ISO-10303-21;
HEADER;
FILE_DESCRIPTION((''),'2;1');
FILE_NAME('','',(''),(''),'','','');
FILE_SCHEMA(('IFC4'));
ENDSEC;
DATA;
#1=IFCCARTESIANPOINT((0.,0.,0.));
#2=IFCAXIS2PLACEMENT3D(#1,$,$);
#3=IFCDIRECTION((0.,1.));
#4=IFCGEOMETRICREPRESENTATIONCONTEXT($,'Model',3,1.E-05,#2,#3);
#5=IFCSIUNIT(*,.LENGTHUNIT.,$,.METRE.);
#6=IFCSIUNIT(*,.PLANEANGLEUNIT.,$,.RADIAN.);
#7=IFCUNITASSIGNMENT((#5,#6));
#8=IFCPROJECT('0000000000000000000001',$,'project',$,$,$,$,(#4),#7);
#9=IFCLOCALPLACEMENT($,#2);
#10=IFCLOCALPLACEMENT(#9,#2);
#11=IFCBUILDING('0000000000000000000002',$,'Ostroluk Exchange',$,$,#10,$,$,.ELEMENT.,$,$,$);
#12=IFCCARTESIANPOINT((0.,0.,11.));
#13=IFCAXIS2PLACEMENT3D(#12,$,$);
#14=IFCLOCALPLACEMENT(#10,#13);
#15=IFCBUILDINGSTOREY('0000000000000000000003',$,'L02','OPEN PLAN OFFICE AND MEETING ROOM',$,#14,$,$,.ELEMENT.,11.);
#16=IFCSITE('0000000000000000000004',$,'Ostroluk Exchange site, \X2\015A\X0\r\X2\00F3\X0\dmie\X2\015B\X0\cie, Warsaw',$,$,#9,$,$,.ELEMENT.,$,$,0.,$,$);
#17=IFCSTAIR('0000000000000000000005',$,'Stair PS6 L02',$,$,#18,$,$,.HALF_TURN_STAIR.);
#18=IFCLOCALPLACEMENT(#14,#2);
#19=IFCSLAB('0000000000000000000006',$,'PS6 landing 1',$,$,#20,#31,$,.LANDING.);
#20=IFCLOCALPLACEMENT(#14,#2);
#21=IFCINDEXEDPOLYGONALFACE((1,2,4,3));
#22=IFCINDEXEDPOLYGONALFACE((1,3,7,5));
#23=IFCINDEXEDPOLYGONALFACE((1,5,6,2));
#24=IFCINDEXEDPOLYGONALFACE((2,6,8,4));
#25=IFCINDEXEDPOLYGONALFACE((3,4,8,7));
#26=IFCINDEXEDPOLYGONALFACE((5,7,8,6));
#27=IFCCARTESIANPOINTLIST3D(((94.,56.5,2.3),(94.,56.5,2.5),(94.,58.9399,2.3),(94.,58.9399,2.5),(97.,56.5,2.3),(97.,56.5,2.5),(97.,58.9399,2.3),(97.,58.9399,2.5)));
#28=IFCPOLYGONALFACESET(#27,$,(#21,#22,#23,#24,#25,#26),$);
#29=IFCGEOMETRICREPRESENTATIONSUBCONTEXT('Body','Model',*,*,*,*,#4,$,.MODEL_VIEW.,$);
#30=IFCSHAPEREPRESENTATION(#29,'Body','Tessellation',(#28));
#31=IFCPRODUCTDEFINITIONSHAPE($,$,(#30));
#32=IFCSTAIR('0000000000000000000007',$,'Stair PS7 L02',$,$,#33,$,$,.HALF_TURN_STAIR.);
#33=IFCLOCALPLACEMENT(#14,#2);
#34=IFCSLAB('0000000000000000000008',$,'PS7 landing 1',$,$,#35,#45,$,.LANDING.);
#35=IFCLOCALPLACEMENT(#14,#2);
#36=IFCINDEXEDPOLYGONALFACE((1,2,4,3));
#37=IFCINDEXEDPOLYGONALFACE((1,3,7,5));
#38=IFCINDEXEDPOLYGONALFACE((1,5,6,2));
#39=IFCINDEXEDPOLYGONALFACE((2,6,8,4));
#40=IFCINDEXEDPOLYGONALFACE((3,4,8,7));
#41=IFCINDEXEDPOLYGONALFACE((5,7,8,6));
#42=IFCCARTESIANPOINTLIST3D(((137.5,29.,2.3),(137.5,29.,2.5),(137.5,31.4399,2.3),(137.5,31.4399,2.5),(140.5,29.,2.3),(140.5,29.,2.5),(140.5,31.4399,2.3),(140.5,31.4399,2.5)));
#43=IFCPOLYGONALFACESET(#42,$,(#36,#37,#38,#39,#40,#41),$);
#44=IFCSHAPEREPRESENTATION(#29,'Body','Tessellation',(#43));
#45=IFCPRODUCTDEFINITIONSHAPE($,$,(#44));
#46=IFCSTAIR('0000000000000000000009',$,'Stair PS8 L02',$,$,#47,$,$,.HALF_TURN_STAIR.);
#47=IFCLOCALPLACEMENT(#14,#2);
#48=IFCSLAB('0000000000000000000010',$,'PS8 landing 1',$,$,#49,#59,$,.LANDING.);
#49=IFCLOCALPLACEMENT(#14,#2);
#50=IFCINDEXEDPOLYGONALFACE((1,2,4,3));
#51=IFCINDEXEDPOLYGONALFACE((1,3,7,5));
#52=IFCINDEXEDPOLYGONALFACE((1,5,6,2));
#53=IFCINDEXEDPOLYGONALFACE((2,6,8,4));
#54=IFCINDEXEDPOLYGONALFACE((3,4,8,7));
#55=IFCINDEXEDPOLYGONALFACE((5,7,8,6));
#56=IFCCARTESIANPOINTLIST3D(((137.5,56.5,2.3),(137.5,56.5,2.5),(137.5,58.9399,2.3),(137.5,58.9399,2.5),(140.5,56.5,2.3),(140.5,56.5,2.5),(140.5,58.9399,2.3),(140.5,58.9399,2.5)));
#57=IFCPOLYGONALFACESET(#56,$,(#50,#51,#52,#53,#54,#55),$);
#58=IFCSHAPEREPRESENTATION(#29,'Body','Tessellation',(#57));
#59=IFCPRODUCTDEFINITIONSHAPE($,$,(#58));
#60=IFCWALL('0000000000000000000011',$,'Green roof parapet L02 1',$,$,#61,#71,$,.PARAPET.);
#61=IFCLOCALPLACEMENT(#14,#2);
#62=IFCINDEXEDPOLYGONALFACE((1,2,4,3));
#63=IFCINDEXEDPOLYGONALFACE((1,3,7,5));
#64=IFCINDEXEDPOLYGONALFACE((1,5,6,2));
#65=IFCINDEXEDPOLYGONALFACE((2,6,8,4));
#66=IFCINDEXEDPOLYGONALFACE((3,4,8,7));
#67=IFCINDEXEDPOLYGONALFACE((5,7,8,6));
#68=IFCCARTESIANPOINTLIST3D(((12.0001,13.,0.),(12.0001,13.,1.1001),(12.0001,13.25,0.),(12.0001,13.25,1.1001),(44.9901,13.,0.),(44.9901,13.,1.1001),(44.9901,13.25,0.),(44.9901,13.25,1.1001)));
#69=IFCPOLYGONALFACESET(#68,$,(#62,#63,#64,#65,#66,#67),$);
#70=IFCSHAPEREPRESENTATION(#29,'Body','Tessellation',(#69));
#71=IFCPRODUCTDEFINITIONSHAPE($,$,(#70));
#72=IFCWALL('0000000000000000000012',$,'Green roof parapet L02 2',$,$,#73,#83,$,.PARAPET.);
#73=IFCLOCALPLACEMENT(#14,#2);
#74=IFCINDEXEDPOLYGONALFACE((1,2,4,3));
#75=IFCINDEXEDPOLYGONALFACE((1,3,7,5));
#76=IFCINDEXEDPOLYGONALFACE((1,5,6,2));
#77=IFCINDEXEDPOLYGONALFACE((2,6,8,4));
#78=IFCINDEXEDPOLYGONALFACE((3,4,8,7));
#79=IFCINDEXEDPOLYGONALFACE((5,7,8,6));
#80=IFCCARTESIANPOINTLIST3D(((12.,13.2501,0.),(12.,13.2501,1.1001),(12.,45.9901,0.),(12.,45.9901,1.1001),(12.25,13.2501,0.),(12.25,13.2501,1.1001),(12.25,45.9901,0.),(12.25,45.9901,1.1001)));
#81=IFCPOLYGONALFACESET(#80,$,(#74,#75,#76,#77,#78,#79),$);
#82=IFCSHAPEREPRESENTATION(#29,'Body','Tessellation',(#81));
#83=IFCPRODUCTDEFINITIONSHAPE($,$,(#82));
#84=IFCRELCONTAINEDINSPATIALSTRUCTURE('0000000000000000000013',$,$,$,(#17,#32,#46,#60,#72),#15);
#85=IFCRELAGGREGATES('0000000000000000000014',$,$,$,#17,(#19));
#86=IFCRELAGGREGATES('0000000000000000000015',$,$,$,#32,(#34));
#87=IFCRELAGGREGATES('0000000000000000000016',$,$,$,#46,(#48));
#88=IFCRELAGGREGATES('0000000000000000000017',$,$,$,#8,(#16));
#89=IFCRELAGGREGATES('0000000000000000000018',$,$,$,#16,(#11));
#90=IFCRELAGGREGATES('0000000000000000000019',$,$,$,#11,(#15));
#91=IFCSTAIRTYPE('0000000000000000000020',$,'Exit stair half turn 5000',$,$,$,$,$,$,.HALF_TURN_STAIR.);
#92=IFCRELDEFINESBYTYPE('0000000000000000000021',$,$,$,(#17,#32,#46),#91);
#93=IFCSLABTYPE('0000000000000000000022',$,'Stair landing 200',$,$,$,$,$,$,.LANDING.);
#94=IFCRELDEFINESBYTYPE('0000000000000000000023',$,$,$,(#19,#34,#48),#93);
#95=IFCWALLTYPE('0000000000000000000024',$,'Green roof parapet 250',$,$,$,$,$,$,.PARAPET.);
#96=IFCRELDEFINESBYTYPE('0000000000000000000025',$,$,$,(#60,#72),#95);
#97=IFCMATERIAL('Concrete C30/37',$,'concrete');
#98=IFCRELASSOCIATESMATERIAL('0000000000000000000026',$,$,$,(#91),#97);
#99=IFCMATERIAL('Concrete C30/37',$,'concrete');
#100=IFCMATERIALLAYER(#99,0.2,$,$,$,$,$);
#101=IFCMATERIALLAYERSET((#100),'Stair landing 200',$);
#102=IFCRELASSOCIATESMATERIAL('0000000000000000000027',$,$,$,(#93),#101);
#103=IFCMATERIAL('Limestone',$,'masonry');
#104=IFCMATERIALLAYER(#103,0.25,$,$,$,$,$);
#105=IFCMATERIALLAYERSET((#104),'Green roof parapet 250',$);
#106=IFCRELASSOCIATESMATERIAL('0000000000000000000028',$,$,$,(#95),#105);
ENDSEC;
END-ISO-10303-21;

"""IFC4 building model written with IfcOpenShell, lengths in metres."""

from ifc_helpers import new_model, si_unit, direction, frame, frame_2d, origin, place, context, subcontext, project, spatial, polyline, rectangle, outline, extrude, material, layer, layer_set, type_object, element, aggregate, save


model = new_model("IFC4")

# Units and contexts
model_context = context("Model", 3, precision=1e-05, world=origin(), true_north=direction((0.0, 1.0)))
body_context = subcontext(model_context, "Body", "Model", "MODEL_VIEW")
ifc_project = project(units=[si_unit("LENGTHUNIT", "METRE"), si_unit("PLANEANGLEUNIT", "RADIAN")], contexts=[model_context])

# Site, building, storey
site_placement = place(None, origin())
site = spatial("IfcSite", under=ifc_project, at=site_placement, Name="Ostroluk Exchange site, Śródmieście, Warsaw", CompositionType="ELEMENT", RefElevation=0.0)
building_placement = place(site_placement, origin())
building = spatial("IfcBuilding", under=site, at=building_placement, Name="Ostroluk Exchange", CompositionType="ELEMENT")
storey_placement = place(building_placement, frame((0.0, 0.0, 11.0)))
storey = spatial("IfcBuildingStorey", under=building, at=storey_placement, Name="L02", Description="OPEN PLAN OFFICE AND MEETING ROOM", CompositionType="ELEMENT", Elevation=11.0)

# Stairs, slabs
ifc_material_1 = material(Name="Concrete C30/37", Category="concrete")
stair_type = type_object("IfcStairType", Name="Exit stair half turn 5000", PredefinedType="HALF_TURN_STAIR", material=ifc_material_1)
stair_1_placement = place(storey_placement, origin())
stair_1 = element("IfcStair", 1, at=stair_1_placement, inside=storey, type_object=stair_type, Name="Stair PS6 L02", PredefinedType="HALF_TURN_STAIR")
ifc_material_2 = material(Name="Concrete C30/37", Category="concrete")
ifc_layer_1 = layer(ifc_material_2, 0.2)
ifc_layer_set_1 = layer_set([ifc_layer_1], Name="Stair landing 200")
slab_type = type_object("IfcSlabType", Name="Stair landing 200", PredefinedType="LANDING", material=ifc_layer_set_1)
slab_1_placement = place(storey_placement, frame((0.0, 0.0, 2.3)))
slab_1 = element("IfcSlab", 2, at=slab_1_placement, type_object=slab_type, Name="PS6 landing 1", PredefinedType="LANDING", context=body_context, shape_type="SweptSolid", body=[
    extrude(outline(polyline([(94.0, 58.9399), (97.0, 58.9399), (97.0, 56.5), (94.0, 56.5), (94.0, 58.9399)])), origin(), (0.0, 0.0, 1.0), 0.2),
])
aggregate(stair_1, [slab_1])
stair_2_placement = place(storey_placement, origin())
stair_2 = element("IfcStair", 3, at=stair_2_placement, inside=storey, type_object=stair_type, Name="Stair PS7 L02", PredefinedType="HALF_TURN_STAIR")
slab_2_placement = place(storey_placement, frame((0.0, 0.0, 2.3)))
slab_2 = element("IfcSlab", 4, at=slab_2_placement, type_object=slab_type, Name="PS7 landing 1", PredefinedType="LANDING", context=body_context, shape_type="SweptSolid", body=[
    extrude(outline(polyline([(137.5, 31.4399), (140.5, 31.4399), (140.5, 29.0), (137.5, 29.0), (137.5, 31.4399)])), origin(), (0.0, 0.0, 1.0), 0.2),
])
aggregate(stair_2, [slab_2])
stair_3_placement = place(storey_placement, origin())
stair_3 = element("IfcStair", 5, at=stair_3_placement, inside=storey, type_object=stair_type, Name="Stair PS8 L02", PredefinedType="HALF_TURN_STAIR")
slab_3_placement = place(storey_placement, frame((0.0, 0.0, 2.3)))
slab_3 = element("IfcSlab", 6, at=slab_3_placement, type_object=slab_type, Name="PS8 landing 1", PredefinedType="LANDING", context=body_context, shape_type="SweptSolid", body=[
    extrude(outline(polyline([(137.5, 58.9399), (140.5, 58.9399), (140.5, 56.5), (137.5, 56.5), (137.5, 58.9399)])), origin(), (0.0, 0.0, 1.0), 0.2),
])
aggregate(stair_3, [slab_3])

# Walls
ifc_material_3 = material(Name="Limestone", Category="masonry")
ifc_layer_2 = layer(ifc_material_3, 0.25)
ifc_layer_set_2 = layer_set([ifc_layer_2], Name="Green roof parapet 250")
wall_type_1 = type_object("IfcWallType", Name="Green roof parapet 250", PredefinedType="PARAPET", material=ifc_layer_set_2)
wall_1_placement = place(storey_placement, frame((12.0, 13.125, 0.0), z_axis=(0.0, 0.0, 1.0), x_axis=(1.0, 0.0, 0.0)))
element("IfcWall", 7, at=wall_1_placement, inside=storey, type_object=wall_type_1, Name="Green roof parapet L02 1", PredefinedType="PARAPET", context=body_context, shape_type="SweptSolid", body=[
    extrude(rectangle(XDim=32.99, YDim=0.25, at=frame_2d((16.4951, 0.0))), origin(), (0.0, 0.0, 1.0), 1.1001),
])
wall_2_placement = place(storey_placement, frame((12.125, 13.25, 0.0), z_axis=(0.0, 0.0, 1.0), x_axis=(0.0, 1.0, 0.0)))
element("IfcWall", 8, at=wall_2_placement, inside=storey, type_object=wall_type_1, Name="Green roof parapet L02 2", PredefinedType="PARAPET", context=body_context, shape_type="SweptSolid", body=[
    extrude(rectangle(XDim=32.74, YDim=0.25, at=frame_2d((16.3701, 0.0))), origin(), (0.0, 0.0, 1.0), 1.1001),
])

save(model, "model.ifc")
